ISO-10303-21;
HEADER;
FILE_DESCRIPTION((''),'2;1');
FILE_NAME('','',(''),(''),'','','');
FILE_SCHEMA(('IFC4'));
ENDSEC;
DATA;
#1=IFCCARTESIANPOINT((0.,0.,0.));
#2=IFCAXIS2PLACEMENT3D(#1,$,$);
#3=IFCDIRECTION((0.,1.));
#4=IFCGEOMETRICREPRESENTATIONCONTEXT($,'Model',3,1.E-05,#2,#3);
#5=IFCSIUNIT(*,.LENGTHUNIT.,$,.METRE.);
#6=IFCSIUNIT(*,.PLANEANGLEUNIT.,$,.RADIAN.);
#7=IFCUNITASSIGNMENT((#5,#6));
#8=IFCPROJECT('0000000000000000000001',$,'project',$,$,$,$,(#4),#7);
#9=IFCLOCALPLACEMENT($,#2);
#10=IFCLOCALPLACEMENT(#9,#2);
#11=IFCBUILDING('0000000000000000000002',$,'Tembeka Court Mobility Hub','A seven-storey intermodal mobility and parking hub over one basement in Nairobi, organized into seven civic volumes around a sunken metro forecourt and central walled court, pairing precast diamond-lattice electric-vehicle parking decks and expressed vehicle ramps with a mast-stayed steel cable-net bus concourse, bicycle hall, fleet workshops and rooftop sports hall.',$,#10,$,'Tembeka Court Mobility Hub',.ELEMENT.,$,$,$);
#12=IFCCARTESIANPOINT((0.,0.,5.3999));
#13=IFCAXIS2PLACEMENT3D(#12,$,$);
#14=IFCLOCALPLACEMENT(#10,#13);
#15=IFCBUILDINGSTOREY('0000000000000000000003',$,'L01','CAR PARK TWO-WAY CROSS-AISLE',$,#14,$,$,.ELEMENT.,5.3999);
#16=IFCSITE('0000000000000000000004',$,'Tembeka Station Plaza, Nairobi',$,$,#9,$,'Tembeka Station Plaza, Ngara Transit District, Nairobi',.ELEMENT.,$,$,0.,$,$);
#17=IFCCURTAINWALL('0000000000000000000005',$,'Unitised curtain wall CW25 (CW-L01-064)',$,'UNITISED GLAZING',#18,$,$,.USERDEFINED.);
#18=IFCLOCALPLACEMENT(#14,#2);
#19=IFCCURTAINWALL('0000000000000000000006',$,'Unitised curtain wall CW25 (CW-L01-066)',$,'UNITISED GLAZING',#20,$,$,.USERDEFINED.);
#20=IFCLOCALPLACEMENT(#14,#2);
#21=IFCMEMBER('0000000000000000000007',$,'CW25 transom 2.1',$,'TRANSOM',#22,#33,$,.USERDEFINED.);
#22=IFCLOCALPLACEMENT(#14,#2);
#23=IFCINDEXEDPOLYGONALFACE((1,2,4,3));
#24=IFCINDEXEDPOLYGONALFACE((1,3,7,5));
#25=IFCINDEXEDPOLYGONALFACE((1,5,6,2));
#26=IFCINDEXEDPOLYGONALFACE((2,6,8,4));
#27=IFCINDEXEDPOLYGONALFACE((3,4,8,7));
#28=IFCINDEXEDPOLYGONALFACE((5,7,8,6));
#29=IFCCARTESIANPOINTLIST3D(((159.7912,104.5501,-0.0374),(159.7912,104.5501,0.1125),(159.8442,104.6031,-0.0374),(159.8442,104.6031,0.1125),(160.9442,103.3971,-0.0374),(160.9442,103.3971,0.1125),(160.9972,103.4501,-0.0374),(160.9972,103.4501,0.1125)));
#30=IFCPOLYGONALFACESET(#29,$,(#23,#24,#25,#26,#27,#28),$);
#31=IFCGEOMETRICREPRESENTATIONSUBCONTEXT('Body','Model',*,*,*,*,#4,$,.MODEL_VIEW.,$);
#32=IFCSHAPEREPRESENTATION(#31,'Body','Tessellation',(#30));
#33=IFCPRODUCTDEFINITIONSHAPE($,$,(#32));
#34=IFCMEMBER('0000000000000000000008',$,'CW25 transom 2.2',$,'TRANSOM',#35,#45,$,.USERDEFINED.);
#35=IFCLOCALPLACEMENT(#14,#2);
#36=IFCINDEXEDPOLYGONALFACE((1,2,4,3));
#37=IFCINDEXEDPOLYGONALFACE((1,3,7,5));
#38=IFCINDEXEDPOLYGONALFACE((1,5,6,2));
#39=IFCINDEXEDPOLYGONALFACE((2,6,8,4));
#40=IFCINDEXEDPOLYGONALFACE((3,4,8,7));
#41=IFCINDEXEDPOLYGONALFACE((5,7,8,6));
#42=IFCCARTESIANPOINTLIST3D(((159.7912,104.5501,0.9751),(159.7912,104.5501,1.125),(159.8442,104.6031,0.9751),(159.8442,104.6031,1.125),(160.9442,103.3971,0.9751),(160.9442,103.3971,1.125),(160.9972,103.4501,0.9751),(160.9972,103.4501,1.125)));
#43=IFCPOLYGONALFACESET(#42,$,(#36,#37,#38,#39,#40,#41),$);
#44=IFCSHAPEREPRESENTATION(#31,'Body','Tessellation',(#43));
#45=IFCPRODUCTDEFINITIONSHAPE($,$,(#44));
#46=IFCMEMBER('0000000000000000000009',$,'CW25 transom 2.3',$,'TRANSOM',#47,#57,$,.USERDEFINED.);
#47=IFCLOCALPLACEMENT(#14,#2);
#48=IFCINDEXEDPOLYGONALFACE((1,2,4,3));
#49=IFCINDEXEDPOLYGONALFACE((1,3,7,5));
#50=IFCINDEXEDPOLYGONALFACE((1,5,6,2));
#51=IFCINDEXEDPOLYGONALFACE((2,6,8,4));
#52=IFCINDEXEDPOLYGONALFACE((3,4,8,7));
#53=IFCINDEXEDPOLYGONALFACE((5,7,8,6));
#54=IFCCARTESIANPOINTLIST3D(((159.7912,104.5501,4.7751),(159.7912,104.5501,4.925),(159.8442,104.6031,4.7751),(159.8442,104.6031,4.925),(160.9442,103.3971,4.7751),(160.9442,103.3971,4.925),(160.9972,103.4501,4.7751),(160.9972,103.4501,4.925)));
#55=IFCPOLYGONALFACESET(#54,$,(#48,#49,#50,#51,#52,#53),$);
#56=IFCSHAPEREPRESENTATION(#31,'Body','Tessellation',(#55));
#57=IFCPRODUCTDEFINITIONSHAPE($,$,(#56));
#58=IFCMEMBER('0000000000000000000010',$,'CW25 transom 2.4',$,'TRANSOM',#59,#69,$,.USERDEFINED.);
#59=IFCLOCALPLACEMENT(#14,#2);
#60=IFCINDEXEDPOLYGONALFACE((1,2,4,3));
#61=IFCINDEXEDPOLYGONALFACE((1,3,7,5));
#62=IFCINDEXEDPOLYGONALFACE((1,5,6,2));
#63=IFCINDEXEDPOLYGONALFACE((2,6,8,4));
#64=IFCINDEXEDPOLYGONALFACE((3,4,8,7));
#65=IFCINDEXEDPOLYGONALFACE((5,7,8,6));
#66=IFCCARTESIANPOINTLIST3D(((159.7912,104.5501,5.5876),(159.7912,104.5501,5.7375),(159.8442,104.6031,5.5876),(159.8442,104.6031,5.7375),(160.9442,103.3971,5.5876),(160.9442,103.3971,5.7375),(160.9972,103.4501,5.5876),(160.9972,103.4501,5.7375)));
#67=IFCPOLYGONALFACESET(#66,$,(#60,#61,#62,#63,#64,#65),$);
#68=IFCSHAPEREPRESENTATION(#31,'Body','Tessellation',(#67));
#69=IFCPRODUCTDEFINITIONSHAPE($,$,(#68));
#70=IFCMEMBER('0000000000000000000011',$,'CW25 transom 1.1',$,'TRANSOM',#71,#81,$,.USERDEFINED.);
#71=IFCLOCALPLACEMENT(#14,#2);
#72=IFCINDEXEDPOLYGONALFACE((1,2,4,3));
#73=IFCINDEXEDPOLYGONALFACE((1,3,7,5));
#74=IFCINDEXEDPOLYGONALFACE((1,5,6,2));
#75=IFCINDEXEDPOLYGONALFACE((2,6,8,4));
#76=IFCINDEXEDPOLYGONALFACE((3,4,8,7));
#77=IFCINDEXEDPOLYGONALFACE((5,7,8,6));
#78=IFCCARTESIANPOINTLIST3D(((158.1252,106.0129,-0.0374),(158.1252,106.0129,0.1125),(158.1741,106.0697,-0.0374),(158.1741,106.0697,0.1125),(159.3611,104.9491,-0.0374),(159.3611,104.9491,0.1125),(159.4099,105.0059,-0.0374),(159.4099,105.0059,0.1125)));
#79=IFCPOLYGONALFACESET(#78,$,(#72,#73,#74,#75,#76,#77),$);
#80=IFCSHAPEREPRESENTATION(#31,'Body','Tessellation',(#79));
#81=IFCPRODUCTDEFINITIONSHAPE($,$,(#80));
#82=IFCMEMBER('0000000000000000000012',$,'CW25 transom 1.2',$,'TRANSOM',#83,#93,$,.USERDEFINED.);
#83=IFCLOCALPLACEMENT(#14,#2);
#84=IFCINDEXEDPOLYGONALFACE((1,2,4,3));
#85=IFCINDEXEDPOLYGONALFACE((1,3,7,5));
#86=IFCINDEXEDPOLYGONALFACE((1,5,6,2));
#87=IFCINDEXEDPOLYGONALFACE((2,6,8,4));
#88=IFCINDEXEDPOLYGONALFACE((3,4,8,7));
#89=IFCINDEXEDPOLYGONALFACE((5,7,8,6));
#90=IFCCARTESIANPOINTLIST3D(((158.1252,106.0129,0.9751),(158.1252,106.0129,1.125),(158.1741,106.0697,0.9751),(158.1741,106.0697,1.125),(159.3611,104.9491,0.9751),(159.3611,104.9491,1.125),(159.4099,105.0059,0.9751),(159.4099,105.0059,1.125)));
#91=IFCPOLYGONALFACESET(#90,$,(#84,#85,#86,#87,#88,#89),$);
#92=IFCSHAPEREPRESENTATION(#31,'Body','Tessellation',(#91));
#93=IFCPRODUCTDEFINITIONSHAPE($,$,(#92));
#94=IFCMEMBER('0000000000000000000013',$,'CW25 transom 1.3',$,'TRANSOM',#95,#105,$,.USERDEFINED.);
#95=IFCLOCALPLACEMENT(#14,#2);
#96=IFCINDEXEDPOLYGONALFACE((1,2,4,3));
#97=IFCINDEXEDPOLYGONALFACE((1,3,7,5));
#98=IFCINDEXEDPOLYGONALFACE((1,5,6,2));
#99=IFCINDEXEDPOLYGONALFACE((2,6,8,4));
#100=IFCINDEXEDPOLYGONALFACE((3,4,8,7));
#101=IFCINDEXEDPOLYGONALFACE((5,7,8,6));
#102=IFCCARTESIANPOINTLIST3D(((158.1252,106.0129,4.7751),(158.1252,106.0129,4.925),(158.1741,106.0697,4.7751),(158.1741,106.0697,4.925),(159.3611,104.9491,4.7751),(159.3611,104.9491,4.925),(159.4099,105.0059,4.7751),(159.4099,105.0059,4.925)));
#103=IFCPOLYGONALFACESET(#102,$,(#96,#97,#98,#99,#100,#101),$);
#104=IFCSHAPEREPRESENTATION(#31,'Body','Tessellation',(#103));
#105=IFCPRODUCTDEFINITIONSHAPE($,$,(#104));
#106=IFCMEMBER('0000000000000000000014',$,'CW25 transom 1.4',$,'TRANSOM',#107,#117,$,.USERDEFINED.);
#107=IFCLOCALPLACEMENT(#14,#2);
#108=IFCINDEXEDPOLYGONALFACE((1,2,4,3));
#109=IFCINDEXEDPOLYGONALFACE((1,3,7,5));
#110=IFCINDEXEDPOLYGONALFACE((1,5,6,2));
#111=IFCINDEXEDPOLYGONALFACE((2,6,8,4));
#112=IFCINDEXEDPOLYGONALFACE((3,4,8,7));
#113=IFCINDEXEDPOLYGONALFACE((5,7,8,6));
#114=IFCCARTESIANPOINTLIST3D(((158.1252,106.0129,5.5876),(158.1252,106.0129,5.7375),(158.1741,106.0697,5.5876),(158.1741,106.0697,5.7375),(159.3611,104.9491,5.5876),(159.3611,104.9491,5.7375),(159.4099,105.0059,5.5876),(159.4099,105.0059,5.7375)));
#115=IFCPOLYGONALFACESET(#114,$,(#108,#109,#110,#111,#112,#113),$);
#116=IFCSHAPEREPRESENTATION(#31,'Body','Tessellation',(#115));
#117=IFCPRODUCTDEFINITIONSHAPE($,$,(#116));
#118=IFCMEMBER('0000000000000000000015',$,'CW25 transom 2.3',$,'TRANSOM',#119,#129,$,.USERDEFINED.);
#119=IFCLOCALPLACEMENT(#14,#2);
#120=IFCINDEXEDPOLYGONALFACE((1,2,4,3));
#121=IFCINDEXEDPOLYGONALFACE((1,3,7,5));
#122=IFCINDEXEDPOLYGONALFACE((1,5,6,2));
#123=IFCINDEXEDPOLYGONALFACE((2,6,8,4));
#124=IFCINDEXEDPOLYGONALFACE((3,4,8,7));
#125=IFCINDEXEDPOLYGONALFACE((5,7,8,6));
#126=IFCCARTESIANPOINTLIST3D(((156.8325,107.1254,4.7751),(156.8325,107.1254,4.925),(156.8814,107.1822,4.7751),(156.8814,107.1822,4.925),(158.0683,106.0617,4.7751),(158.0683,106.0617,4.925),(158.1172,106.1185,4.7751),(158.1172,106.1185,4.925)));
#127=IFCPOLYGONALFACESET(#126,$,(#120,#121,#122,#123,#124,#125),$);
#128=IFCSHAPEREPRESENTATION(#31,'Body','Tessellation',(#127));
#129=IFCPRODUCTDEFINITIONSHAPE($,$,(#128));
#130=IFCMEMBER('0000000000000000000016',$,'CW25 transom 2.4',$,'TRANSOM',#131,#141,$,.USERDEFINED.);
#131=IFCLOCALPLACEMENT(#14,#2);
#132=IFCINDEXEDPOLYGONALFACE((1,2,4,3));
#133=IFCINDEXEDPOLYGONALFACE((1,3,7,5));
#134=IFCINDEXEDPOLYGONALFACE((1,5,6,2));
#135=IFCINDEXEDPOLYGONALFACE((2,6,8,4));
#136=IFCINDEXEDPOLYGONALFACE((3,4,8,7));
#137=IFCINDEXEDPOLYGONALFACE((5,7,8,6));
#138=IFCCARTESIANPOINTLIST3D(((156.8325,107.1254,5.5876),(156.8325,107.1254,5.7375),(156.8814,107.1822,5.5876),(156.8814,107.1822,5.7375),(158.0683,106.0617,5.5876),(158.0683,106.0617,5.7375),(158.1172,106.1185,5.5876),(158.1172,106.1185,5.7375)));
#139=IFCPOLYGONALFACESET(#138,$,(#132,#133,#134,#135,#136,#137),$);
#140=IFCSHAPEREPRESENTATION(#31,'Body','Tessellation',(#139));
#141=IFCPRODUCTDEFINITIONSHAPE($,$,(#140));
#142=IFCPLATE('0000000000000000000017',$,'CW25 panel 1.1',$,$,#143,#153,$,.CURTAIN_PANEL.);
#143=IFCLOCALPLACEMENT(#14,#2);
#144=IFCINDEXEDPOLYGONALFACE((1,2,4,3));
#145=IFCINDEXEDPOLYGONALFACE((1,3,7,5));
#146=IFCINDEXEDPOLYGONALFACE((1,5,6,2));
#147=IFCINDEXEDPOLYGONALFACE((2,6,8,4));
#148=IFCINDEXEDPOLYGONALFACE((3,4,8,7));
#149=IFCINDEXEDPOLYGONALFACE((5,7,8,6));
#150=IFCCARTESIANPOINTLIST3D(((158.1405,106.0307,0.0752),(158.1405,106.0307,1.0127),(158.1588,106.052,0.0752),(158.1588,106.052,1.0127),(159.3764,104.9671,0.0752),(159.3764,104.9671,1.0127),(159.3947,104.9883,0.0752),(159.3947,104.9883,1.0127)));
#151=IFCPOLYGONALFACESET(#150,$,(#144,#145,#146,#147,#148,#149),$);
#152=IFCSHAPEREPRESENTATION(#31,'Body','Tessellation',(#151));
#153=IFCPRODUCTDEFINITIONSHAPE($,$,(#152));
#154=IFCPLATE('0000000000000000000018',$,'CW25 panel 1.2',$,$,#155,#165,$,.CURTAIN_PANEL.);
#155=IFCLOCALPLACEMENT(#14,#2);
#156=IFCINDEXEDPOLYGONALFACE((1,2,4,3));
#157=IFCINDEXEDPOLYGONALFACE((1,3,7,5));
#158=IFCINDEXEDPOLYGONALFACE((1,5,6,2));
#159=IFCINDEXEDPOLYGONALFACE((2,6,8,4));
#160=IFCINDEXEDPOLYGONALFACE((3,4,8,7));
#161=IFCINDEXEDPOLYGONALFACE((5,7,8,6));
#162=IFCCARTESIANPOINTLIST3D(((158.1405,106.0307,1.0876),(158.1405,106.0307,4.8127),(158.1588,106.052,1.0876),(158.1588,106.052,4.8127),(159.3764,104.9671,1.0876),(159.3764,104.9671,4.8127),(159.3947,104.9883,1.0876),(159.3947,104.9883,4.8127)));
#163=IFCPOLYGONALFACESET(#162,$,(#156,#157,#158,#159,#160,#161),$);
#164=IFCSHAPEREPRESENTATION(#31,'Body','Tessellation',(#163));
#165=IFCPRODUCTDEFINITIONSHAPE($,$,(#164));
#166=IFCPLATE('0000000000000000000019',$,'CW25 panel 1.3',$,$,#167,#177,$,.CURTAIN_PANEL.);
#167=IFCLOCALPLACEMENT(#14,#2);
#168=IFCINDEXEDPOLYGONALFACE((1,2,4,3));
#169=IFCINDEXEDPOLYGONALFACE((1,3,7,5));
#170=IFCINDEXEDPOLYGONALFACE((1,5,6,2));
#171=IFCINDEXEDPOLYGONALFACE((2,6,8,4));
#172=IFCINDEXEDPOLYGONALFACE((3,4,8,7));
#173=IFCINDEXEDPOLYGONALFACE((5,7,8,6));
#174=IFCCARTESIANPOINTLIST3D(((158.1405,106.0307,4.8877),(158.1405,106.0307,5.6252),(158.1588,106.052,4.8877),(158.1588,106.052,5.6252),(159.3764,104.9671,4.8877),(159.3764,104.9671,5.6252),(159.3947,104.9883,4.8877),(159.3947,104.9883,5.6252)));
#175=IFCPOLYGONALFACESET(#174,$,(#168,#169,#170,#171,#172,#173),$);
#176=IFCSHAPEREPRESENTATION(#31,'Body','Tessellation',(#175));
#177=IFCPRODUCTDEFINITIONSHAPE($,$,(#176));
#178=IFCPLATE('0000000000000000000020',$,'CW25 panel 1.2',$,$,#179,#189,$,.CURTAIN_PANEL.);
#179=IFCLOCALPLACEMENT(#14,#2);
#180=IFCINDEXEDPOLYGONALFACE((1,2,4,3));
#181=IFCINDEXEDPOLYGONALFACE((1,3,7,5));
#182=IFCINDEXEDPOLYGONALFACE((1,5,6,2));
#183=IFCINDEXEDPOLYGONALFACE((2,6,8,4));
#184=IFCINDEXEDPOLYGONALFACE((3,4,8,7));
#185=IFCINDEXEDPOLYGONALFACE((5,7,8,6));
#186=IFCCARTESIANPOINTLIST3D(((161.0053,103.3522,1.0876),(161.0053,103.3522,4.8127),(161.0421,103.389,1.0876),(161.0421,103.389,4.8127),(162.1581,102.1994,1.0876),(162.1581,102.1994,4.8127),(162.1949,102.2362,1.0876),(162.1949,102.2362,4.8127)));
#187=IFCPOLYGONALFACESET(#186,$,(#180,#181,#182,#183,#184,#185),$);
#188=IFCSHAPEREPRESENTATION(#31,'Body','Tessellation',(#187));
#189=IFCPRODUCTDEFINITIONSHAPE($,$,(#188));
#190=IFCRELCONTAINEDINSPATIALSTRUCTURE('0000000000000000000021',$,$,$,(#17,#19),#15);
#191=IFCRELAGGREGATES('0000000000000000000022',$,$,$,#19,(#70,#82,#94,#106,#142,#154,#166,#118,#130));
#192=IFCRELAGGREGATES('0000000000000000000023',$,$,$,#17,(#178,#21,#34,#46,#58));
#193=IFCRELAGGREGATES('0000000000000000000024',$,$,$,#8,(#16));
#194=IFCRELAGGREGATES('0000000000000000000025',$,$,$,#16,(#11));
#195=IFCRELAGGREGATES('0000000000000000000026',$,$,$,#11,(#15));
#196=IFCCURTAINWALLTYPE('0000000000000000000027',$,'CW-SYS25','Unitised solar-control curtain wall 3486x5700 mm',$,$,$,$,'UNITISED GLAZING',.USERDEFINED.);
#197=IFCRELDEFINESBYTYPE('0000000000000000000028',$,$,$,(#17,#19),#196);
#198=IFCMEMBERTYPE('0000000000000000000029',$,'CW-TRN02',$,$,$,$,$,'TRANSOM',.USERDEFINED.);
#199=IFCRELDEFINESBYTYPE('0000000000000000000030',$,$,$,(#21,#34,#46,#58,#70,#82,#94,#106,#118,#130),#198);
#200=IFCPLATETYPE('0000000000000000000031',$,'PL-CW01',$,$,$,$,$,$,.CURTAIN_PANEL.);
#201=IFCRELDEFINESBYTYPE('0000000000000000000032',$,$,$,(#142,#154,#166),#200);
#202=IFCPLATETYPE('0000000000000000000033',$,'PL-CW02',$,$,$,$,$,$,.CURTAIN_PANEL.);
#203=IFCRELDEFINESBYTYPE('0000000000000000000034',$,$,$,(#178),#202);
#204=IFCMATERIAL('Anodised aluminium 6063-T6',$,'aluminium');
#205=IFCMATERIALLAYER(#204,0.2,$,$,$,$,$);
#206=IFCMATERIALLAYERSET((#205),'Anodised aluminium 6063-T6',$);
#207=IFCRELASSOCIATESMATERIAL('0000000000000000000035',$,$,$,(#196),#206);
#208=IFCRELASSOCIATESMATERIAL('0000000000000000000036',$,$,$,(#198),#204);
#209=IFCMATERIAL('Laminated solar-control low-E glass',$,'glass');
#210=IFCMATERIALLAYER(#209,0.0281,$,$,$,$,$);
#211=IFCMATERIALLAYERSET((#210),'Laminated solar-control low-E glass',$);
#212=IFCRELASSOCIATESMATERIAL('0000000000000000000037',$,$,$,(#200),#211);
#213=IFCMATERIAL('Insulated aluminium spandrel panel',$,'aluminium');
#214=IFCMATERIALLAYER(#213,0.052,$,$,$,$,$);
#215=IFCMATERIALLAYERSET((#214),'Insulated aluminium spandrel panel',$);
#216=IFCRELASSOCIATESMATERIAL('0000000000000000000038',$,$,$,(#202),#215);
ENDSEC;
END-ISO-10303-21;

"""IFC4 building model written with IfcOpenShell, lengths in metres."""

from ifc_helpers import new_model, si_unit, direction, frame, origin, origin_2d, place, context, subcontext, project, spatial, rectangle, extrude, material, layer, layer_set, material_profile, profile_set, type_object, element, aggregate, save


model = new_model("IFC4")

# Units and contexts
model_context = context("Model", 3, precision=1e-05, world=origin(), true_north=direction((0.0, 1.0)))
body_context = subcontext(model_context, "Body", "Model", "MODEL_VIEW")
ifc_project = project(units=[si_unit("LENGTHUNIT", "METRE"), si_unit("PLANEANGLEUNIT", "RADIAN")], contexts=[model_context])

# Site, building, storey
site_placement = place(None, origin())
site = spatial("IfcSite", under=ifc_project, at=site_placement, Name="Tembeka Station Plaza, Nairobi", LongName="Tembeka Station Plaza, Ngara Transit District, Nairobi", CompositionType="ELEMENT", RefElevation=0.0)
building_placement = place(site_placement, origin())
building = spatial("IfcBuilding", under=site, at=building_placement, Name="Tembeka Court Mobility Hub", Description="A seven-storey intermodal mobility and parking hub over one basement in Nairobi, organized into seven civic volumes around a sunken metro forecourt and central walled court, pairing precast diamond-lattice electric-vehicle parking decks and expressed vehicle ramps with a mast-stayed steel cable-net bus concourse, bicycle hall, fleet workshops and rooftop sports hall.", LongName="Tembeka Court Mobility Hub", CompositionType="ELEMENT")
storey_placement = place(building_placement, frame((0.0, 0.0, 5.3999)))
storey = spatial("IfcBuildingStorey", under=building, at=storey_placement, Name="L01", Description="CAR PARK TWO-WAY CROSS-AISLE", CompositionType="ELEMENT", Elevation=5.3999)

# Curtain walls
ifc_material_1 = material(Name="Anodised aluminium 6063-T6", Category="aluminium")
ifc_layer_1 = layer(ifc_material_1, 0.2)
ifc_layer_set_1 = layer_set([ifc_layer_1], Name="Anodised aluminium 6063-T6")
curtain_wall_type = type_object("IfcCurtainWallType", Name="CW-SYS25", Description="Unitised solar-control curtain wall 3486x5700 mm", ElementType="UNITISED GLAZING", PredefinedType="USERDEFINED", material=ifc_layer_set_1)
curtain_wall_1_placement = place(storey_placement, origin())
curtain_wall_1 = element("IfcCurtainWall", 1, at=curtain_wall_1_placement, inside=storey, type_object=curtain_wall_type, Name="Unitised curtain wall CW25 (CW-L01-064)", ObjectType="UNITISED GLAZING", PredefinedType="USERDEFINED")
curtain_wall_2_placement = place(storey_placement, origin())
curtain_wall_2 = element("IfcCurtainWall", 2, at=curtain_wall_2_placement, inside=storey, type_object=curtain_wall_type, Name="Unitised curtain wall CW25 (CW-L01-066)", ObjectType="UNITISED GLAZING", PredefinedType="USERDEFINED")

# Members
ifc_material_profile_1 = material_profile(ifc_material_1, rectangle(XDim=0.075, YDim=0.1499, at=origin_2d()), Name="ALU-TRN 75x150")
ifc_profile_set_1 = profile_set([ifc_material_profile_1], Name="Anodised aluminium 6063-T6")
member_type_1 = type_object("IfcMemberType", Name="CW-TRN02", ElementType="TRANSOM", PredefinedType="USERDEFINED", material=ifc_profile_set_1)
member_1_placement = place(storey_placement, frame((160.9707, 103.4236, 0.0376), z_axis=(-0.707107, 0.707107, 0.0), x_axis=(-0.707107, -0.707107, 0.0)))
member_1 = element("IfcMember", 3, at=member_1_placement, type_object=member_type_1, Name="CW25 transom 2.1", ObjectType="TRANSOM", PredefinedType="USERDEFINED", context=body_context, shape_type="SweptSolid", body=[
    extrude(rectangle(XDim=0.075, YDim=0.1499, at=origin_2d()), origin(), (0.0, 0.0, 1.0), 1.6306),
])
member_2_placement = place(storey_placement, frame((160.9707, 103.4236, 1.05), z_axis=(-0.707107, 0.707107, 0.0), x_axis=(-0.707107, -0.707107, 0.0)))
member_2 = element("IfcMember", 4, at=member_2_placement, type_object=member_type_1, Name="CW25 transom 2.2", ObjectType="TRANSOM", PredefinedType="USERDEFINED", context=body_context, shape_type="SweptSolid", body=[
    extrude(rectangle(XDim=0.075, YDim=0.1499, at=origin_2d()), origin(), (0.0, 0.0, 1.0), 1.6306),
])
member_3_placement = place(storey_placement, frame((160.9707, 103.4236, 4.8501), z_axis=(-0.707107, 0.707107, 0.0), x_axis=(-0.707107, -0.707107, 0.0)))
member_3 = element("IfcMember", 5, at=member_3_placement, type_object=member_type_1, Name="CW25 transom 2.3", ObjectType="TRANSOM", PredefinedType="USERDEFINED", context=body_context, shape_type="SweptSolid", body=[
    extrude(rectangle(XDim=0.075, YDim=0.1499, at=origin_2d()), origin(), (0.0, 0.0, 1.0), 1.6306),
])
member_4_placement = place(storey_placement, frame((160.9707, 103.4236, 5.6626), z_axis=(-0.707107, 0.707107, 0.0), x_axis=(-0.707107, -0.707107, 0.0)))
member_4 = element("IfcMember", 6, at=member_4_placement, type_object=member_type_1, Name="CW25 transom 2.4", ObjectType="TRANSOM", PredefinedType="USERDEFINED", context=body_context, shape_type="SweptSolid", body=[
    extrude(rectangle(XDim=0.075, YDim=0.1499, at=origin_2d()), origin(), (0.0, 0.0, 1.0), 1.6306),
])
member_5_placement = place(storey_placement, frame((159.3855, 104.9775, 0.0376), z_axis=(-0.757913, 0.652356, 0.0), x_axis=(-0.652356, -0.757913, 0.0)))
member_5 = element("IfcMember", 7, at=member_5_placement, type_object=member_type_1, Name="CW25 transom 1.1", ObjectType="TRANSOM", PredefinedType="USERDEFINED", context=body_context, shape_type="SweptSolid", body=[
    extrude(rectangle(XDim=0.075, YDim=0.1499, at=origin_2d()), origin(), (0.0, 0.0, 1.0), 1.6306),
])
member_6_placement = place(storey_placement, frame((159.3855, 104.9775, 1.05), z_axis=(-0.757913, 0.652356, 0.0), x_axis=(-0.652356, -0.757913, 0.0)))
member_6 = element("IfcMember", 8, at=member_6_placement, type_object=member_type_1, Name="CW25 transom 1.2", ObjectType="TRANSOM", PredefinedType="USERDEFINED", context=body_context, shape_type="SweptSolid", body=[
    extrude(rectangle(XDim=0.075, YDim=0.1499, at=origin_2d()), origin(), (0.0, 0.0, 1.0), 1.6306),
])
member_7_placement = place(storey_placement, frame((159.3855, 104.9775, 4.8501), z_axis=(-0.757913, 0.652356, 0.0), x_axis=(-0.652356, -0.757913, 0.0)))
member_7 = element("IfcMember", 9, at=member_7_placement, type_object=member_type_1, Name="CW25 transom 1.3", ObjectType="TRANSOM", PredefinedType="USERDEFINED", context=body_context, shape_type="SweptSolid", body=[
    extrude(rectangle(XDim=0.075, YDim=0.1499, at=origin_2d()), origin(), (0.0, 0.0, 1.0), 1.6306),
])
member_8_placement = place(storey_placement, frame((159.3855, 104.9775, 5.6626), z_axis=(-0.757913, 0.652356, 0.0), x_axis=(-0.652356, -0.757913, 0.0)))
member_8 = element("IfcMember", 10, at=member_8_placement, type_object=member_type_1, Name="CW25 transom 1.4", ObjectType="TRANSOM", PredefinedType="USERDEFINED", context=body_context, shape_type="SweptSolid", body=[
    extrude(rectangle(XDim=0.075, YDim=0.1499, at=origin_2d()), origin(), (0.0, 0.0, 1.0), 1.6306),
])
member_9_placement = place(storey_placement, frame((158.0928, 106.0901, 4.8501), z_axis=(-0.757913, 0.652356, 0.0), x_axis=(-0.652356, -0.757913, 0.0)))
member_9 = element("IfcMember", 11, at=member_9_placement, type_object=member_type_1, Name="CW25 transom 2.3", ObjectType="TRANSOM", PredefinedType="USERDEFINED", context=body_context, shape_type="SweptSolid", body=[
    extrude(rectangle(XDim=0.075, YDim=0.1499, at=origin_2d()), origin(), (0.0, 0.0, 1.0), 1.6306),
])
member_10_placement = place(storey_placement, frame((158.0928, 106.0901, 5.6626), z_axis=(-0.757913, 0.652356, 0.0), x_axis=(-0.652356, -0.757913, 0.0)))
member_10 = element("IfcMember", 12, at=member_10_placement, type_object=member_type_1, Name="CW25 transom 2.4", ObjectType="TRANSOM", PredefinedType="USERDEFINED", context=body_context, shape_type="SweptSolid", body=[
    extrude(rectangle(XDim=0.075, YDim=0.1499, at=origin_2d()), origin(), (0.0, 0.0, 1.0), 1.6306),
])

# Plates
ifc_material_2 = material(Name="Laminated solar-control low-E glass", Category="glass")
ifc_layer_2 = layer(ifc_material_2, 0.0281)
ifc_layer_set_2 = layer_set([ifc_layer_2], Name="Laminated solar-control low-E glass")
plate_type_1 = type_object("IfcPlateType", Name="PL-CW01", PredefinedType="CURTAIN_PANEL", material=ifc_layer_set_2)
plate_1_placement = place(storey_placement, frame((158.7676, 105.5095, 0.0752), z_axis=(0.0, 0.0, 1.0), x_axis=(-0.757955, 0.652307, 0.0)))
plate_1 = element("IfcPlate", 13, at=plate_1_placement, type_object=plate_type_1, Name="CW25 panel 1.1", PredefinedType="CURTAIN_PANEL", context=body_context, shape_type="SweptSolid", body=[
    extrude(rectangle(XDim=1.6306, YDim=0.0281, at=origin_2d()), origin(), (0.0, 0.0, 1.0), 0.9375),
])
plate_2_placement = place(storey_placement, frame((158.7676, 105.5095, 1.0876), z_axis=(0.0, 0.0, 1.0), x_axis=(-0.757955, 0.652307, 0.0)))
plate_2 = element("IfcPlate", 14, at=plate_2_placement, type_object=plate_type_1, Name="CW25 panel 1.2", PredefinedType="CURTAIN_PANEL", context=body_context, shape_type="SweptSolid", body=[
    extrude(rectangle(XDim=1.6306, YDim=0.0281, at=origin_2d()), origin(), (0.0, 0.0, 1.0), 3.7251),
])
plate_3_placement = place(storey_placement, frame((158.7676, 105.5095, 4.8877), z_axis=(0.0, 0.0, 1.0), x_axis=(-0.757955, 0.652307, 0.0)))
plate_3 = element("IfcPlate", 15, at=plate_3_placement, type_object=plate_type_1, Name="CW25 panel 1.3", PredefinedType="CURTAIN_PANEL", context=body_context, shape_type="SweptSolid", body=[
    extrude(rectangle(XDim=1.6306, YDim=0.0281, at=origin_2d()), origin(), (0.0, 0.0, 1.0), 0.7375),
])
aggregate(curtain_wall_2, [member_5, member_6, member_7, member_8, plate_1, plate_2, plate_3, member_9, member_10])
ifc_material_3 = material(Name="Insulated aluminium spandrel panel", Category="aluminium")
ifc_layer_3 = layer(ifc_material_3, 0.052)
ifc_layer_set_3 = layer_set([ifc_layer_3], Name="Insulated aluminium spandrel panel")
plate_type_2 = type_object("IfcPlateType", Name="PL-CW02", PredefinedType="CURTAIN_PANEL", material=ifc_layer_set_3)
plate_4_placement = place(storey_placement, frame((161.6001, 102.7942, 1.0876), z_axis=(0.0, 0.0, 1.0), x_axis=(-0.707107, 0.707107, 0.0)))
plate_4 = element("IfcPlate", 16, at=plate_4_placement, type_object=plate_type_2, Name="CW25 panel 1.2", PredefinedType="CURTAIN_PANEL", context=body_context, shape_type="SweptSolid", body=[
    extrude(rectangle(XDim=1.6304, YDim=0.052, at=origin_2d()), origin(), (0.0, 0.0, 1.0), 3.7251),
])
aggregate(curtain_wall_1, [plate_4, member_1, member_2, member_3, member_4])

save(model, "model.ifc")
